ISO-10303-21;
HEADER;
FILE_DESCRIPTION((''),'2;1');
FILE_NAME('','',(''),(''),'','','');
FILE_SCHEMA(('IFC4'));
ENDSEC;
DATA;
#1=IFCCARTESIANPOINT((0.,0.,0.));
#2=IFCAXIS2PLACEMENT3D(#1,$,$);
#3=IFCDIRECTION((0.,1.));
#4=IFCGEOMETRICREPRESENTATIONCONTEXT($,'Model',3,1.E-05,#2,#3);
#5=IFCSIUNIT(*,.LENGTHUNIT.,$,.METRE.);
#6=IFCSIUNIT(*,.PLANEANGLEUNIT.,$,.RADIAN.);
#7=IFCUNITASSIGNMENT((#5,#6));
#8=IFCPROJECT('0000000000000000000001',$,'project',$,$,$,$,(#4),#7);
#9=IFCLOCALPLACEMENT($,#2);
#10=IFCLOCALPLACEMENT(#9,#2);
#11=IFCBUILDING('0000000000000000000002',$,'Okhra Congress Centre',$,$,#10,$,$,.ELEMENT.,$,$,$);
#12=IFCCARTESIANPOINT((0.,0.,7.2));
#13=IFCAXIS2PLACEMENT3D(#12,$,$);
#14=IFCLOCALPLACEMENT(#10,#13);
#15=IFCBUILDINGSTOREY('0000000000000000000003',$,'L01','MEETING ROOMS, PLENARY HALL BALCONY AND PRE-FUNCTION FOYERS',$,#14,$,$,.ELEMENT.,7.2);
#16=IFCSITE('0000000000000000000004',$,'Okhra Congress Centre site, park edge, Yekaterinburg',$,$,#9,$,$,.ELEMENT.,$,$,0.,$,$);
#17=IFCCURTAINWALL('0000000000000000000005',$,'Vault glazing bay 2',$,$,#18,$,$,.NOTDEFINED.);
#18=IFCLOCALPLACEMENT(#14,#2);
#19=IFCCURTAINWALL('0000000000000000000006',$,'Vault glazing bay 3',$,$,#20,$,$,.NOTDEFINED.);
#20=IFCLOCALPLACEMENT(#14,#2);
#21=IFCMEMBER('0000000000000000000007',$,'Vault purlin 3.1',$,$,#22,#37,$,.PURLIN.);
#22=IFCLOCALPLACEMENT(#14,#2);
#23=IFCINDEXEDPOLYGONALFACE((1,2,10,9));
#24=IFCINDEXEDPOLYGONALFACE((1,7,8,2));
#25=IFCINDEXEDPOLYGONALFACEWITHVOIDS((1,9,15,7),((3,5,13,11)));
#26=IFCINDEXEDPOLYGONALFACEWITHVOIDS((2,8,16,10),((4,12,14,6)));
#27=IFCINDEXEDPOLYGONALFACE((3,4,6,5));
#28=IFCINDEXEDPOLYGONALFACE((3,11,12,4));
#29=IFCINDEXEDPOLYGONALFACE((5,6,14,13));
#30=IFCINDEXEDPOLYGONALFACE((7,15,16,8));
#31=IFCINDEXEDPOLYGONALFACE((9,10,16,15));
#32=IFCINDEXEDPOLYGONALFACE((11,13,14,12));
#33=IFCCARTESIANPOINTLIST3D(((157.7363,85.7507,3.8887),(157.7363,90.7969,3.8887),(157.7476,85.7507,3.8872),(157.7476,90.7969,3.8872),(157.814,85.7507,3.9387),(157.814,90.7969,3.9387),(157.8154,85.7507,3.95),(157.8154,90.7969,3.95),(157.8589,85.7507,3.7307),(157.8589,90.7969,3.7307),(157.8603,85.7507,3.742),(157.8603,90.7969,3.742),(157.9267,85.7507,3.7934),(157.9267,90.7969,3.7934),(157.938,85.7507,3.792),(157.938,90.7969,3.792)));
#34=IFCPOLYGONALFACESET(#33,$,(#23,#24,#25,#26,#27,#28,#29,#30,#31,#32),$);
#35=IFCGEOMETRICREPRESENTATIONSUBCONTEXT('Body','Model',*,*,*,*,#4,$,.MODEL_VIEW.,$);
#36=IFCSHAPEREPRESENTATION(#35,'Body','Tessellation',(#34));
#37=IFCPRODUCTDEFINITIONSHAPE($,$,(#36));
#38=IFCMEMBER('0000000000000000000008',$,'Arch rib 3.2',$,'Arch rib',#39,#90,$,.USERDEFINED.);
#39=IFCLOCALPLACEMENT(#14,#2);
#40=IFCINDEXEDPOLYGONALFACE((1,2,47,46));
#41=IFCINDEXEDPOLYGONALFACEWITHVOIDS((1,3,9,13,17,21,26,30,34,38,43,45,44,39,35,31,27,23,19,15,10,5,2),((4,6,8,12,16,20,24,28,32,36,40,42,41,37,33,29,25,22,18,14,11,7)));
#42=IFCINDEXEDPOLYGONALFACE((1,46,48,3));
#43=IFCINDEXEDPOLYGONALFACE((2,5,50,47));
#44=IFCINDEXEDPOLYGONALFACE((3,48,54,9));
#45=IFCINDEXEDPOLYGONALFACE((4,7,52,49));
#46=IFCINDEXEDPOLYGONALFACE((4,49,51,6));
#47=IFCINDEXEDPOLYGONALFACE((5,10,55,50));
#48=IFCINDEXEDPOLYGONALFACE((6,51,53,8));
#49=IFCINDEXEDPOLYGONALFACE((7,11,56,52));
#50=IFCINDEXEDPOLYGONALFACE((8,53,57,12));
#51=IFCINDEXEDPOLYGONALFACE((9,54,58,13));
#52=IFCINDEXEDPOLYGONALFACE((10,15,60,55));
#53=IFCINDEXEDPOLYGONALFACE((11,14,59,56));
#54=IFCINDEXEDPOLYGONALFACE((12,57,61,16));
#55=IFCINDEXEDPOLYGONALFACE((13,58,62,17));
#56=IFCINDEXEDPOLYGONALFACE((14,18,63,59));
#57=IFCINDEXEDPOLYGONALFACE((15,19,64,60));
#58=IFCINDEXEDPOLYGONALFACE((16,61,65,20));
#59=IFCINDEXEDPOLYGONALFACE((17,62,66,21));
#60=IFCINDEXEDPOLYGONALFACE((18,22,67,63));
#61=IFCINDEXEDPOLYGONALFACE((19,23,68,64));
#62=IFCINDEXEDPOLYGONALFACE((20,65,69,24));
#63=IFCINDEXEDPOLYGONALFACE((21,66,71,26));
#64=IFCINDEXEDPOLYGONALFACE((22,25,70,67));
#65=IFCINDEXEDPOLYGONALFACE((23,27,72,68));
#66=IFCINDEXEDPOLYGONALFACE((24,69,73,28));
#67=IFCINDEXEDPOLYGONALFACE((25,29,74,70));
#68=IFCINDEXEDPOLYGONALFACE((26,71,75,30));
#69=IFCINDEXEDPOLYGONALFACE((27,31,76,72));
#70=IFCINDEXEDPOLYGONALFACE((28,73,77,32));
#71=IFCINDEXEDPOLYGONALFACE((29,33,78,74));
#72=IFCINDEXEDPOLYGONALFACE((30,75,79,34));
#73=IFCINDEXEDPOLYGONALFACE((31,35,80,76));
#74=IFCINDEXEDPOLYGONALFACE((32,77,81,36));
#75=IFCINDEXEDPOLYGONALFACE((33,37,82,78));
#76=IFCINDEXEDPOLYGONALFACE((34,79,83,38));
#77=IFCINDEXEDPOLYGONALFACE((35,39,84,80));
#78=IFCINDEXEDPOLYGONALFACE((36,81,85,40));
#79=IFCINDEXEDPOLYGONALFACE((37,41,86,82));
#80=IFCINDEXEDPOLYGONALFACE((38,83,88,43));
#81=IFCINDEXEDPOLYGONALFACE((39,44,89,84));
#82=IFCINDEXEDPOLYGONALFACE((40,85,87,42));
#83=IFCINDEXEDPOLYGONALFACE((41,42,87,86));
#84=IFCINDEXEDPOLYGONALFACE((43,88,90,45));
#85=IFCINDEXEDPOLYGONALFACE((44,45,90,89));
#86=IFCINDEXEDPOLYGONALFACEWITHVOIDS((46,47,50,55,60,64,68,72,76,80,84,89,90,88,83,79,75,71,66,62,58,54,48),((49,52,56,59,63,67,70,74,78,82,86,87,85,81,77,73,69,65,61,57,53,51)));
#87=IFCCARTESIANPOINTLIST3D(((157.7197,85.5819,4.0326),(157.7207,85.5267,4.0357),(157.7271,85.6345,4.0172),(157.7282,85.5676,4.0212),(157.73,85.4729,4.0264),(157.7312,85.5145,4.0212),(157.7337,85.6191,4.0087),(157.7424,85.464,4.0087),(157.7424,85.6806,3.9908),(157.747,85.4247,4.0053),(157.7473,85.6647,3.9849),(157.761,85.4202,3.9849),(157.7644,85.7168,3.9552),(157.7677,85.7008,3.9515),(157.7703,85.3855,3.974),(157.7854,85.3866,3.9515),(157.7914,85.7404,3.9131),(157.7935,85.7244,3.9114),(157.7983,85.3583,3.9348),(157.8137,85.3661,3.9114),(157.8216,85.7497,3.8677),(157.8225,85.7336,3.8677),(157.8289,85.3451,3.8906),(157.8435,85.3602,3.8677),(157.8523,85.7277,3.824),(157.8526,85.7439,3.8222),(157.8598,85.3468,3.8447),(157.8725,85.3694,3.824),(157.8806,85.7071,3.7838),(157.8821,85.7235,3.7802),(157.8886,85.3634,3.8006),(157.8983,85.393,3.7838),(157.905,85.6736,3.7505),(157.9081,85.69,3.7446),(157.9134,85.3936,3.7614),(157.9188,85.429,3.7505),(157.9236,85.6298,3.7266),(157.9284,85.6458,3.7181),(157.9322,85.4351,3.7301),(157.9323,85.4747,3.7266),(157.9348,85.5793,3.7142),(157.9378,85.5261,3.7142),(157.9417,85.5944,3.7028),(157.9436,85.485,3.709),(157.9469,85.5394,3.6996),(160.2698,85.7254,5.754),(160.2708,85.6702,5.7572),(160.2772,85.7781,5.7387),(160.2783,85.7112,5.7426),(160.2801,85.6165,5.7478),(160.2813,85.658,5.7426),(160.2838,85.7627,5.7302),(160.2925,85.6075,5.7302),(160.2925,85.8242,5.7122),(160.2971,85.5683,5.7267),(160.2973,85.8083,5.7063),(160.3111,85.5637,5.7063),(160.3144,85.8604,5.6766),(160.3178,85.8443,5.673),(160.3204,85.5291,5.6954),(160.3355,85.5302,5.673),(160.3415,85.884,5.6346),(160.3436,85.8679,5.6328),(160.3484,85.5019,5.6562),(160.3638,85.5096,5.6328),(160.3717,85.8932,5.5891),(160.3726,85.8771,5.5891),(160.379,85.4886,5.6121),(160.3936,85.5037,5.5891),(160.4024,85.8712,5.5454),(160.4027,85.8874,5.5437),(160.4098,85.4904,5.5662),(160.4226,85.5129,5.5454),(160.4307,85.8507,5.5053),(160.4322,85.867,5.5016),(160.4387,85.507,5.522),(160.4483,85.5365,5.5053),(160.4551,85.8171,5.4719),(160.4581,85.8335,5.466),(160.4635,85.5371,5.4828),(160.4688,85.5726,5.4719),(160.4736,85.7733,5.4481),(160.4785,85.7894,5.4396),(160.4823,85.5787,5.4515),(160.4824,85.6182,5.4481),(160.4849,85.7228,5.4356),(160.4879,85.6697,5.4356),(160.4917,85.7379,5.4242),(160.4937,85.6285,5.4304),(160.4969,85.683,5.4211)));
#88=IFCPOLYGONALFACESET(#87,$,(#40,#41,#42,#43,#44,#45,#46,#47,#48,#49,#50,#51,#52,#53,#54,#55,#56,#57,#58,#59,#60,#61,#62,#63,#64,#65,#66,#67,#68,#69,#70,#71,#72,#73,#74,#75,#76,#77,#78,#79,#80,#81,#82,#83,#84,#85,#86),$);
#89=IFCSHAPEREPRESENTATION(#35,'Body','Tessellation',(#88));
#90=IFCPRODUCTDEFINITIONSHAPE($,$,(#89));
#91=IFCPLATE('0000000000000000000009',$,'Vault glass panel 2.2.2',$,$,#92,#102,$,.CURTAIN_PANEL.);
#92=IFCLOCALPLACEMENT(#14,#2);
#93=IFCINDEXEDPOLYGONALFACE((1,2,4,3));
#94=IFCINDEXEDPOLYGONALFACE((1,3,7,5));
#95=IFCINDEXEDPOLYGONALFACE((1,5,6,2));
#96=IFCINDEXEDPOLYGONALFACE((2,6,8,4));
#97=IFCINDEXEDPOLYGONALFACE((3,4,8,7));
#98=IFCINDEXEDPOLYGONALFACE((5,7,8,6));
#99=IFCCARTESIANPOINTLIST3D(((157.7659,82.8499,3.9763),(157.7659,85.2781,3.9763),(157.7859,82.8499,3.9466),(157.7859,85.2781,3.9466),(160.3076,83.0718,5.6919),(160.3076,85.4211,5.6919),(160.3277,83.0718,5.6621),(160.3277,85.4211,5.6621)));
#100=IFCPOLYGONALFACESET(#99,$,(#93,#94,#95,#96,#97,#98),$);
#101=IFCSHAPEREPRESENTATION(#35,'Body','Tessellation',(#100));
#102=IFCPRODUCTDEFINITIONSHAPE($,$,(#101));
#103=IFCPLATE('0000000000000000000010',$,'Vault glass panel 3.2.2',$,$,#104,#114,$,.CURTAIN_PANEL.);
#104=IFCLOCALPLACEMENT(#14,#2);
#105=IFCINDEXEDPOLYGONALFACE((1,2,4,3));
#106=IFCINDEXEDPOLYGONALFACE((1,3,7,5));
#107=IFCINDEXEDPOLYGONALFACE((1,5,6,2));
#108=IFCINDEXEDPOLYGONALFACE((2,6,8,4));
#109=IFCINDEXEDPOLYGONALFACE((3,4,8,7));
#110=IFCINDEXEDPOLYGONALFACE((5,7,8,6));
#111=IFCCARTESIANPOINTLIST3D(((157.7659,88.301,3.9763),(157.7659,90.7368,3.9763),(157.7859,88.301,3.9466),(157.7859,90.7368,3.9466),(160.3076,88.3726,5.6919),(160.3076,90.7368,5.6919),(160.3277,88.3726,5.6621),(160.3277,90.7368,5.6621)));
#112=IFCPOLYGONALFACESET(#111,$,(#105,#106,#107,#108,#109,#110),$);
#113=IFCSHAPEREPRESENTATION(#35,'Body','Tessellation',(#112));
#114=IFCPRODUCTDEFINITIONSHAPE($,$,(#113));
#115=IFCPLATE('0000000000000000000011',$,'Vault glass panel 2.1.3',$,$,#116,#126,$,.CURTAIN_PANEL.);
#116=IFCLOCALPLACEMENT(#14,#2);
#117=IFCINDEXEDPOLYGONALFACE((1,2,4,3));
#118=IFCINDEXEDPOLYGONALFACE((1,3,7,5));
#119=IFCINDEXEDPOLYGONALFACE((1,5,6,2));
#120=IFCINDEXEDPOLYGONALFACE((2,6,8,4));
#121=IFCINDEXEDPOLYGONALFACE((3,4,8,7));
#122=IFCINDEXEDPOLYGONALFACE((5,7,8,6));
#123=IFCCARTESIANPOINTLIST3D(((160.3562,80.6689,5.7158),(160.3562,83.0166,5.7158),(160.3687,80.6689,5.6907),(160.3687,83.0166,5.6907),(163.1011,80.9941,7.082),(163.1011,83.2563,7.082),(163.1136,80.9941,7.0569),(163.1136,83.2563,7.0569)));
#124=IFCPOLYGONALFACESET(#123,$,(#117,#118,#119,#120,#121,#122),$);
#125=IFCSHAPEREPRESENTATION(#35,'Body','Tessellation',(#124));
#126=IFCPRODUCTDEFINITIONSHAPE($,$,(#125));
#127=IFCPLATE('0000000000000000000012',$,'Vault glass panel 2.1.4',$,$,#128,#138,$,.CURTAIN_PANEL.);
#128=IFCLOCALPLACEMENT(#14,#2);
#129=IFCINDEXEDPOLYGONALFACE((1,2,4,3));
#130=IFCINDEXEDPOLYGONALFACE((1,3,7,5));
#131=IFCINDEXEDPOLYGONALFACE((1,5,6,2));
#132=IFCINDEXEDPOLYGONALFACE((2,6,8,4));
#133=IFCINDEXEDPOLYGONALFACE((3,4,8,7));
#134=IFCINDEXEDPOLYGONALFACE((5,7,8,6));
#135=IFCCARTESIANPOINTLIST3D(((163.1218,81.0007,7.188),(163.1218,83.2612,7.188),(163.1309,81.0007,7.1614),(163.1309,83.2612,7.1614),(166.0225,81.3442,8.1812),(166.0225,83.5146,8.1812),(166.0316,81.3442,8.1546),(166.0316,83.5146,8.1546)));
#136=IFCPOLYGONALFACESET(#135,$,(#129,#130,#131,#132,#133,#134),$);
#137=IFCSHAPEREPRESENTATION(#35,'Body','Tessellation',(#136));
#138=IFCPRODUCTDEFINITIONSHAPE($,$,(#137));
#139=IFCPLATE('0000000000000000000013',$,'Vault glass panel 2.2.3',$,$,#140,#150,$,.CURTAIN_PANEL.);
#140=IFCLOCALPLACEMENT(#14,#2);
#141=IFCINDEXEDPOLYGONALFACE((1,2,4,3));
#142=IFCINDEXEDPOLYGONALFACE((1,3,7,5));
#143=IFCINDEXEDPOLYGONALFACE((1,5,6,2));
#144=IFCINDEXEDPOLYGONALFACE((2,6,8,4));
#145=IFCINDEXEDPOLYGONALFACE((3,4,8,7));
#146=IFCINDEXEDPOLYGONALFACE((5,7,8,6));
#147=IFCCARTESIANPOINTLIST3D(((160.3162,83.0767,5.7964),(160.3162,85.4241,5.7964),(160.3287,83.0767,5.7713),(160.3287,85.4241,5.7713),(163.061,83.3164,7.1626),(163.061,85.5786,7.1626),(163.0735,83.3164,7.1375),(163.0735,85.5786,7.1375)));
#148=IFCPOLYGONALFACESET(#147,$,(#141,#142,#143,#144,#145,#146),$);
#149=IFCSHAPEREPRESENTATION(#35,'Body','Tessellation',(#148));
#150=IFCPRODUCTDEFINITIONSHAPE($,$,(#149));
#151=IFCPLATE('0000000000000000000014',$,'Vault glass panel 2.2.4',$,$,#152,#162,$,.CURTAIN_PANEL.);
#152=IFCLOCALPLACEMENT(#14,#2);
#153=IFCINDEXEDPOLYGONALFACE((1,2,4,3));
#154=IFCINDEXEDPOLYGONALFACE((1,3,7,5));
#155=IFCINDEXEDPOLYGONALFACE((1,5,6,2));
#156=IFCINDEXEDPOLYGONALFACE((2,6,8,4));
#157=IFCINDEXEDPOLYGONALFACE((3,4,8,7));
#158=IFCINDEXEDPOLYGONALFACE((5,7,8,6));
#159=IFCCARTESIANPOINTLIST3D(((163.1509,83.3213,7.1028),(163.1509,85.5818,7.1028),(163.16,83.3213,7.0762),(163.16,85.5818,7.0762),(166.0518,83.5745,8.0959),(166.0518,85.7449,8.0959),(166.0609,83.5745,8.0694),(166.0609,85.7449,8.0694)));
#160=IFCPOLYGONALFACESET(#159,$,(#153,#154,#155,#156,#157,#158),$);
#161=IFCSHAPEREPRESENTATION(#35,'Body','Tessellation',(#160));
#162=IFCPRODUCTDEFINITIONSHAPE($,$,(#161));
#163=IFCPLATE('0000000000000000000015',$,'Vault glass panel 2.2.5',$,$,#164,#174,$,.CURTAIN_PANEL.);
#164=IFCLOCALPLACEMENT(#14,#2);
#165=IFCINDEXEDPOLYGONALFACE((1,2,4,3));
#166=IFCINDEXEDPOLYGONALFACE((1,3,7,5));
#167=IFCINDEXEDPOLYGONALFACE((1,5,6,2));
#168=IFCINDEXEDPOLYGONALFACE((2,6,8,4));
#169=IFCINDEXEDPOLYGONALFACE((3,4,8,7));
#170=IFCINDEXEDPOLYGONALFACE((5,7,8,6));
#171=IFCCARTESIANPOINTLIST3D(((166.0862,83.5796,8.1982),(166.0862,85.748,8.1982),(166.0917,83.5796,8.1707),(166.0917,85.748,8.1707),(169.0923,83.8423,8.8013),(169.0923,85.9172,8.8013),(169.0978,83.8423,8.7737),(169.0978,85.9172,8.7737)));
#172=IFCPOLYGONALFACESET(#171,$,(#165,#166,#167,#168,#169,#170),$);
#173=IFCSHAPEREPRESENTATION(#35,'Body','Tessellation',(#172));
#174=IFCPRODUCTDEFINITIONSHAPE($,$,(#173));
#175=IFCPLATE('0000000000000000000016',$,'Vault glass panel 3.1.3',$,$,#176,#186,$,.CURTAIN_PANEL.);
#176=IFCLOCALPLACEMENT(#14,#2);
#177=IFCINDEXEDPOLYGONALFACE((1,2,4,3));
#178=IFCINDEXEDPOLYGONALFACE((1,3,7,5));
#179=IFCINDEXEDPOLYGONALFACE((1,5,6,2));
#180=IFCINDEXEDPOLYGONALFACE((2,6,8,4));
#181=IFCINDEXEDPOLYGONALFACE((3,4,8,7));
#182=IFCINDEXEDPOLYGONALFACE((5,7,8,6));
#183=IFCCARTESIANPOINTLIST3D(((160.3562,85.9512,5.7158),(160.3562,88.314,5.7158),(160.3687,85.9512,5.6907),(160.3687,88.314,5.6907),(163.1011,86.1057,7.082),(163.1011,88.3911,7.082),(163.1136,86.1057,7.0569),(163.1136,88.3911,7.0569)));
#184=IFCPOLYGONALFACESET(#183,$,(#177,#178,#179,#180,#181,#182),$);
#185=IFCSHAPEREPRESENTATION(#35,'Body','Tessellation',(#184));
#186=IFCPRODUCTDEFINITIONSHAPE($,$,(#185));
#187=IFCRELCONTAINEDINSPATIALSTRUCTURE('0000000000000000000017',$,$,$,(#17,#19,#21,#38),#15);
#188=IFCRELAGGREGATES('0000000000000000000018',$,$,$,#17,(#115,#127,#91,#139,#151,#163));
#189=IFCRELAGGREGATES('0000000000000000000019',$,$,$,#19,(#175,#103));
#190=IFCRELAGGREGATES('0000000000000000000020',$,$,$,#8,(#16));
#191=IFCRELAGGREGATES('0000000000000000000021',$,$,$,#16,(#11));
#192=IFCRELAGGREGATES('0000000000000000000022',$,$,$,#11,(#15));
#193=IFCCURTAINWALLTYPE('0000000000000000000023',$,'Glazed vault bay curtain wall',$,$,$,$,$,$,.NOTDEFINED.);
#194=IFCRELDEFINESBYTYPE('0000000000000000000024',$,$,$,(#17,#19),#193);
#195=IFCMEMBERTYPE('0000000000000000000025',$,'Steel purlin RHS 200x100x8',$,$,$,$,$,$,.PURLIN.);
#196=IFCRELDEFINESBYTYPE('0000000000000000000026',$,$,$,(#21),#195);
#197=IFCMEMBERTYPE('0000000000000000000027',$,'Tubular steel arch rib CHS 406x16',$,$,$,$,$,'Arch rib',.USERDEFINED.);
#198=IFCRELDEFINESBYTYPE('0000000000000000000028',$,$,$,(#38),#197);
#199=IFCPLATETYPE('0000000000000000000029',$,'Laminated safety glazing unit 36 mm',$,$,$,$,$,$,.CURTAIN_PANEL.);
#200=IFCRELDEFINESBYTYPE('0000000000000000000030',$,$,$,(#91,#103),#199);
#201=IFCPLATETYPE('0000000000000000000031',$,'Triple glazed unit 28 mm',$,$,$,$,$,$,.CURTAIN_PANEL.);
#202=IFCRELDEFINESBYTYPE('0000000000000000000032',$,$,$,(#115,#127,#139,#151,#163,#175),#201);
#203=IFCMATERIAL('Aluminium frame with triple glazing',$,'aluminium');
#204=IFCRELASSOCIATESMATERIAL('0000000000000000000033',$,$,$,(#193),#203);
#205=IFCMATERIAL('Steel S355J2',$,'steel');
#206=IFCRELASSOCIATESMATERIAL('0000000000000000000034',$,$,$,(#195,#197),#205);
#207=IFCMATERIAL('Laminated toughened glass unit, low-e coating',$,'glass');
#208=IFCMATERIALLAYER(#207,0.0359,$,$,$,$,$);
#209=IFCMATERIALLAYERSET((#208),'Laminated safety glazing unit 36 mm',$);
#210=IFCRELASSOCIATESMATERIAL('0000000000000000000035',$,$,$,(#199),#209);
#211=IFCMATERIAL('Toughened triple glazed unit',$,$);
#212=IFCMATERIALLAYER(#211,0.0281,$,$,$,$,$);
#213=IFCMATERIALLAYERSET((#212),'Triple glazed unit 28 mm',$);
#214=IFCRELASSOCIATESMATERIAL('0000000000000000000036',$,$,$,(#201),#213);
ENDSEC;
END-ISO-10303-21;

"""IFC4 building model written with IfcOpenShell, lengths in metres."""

from ifc_helpers import new_model, si_unit, direction, frame, origin, origin_2d, place, context, subcontext, project, spatial, polyline, hollow_rectangle, hollow_circle, outline, extrude, material, layer, layer_set, material_profile, profile_set, type_object, element, aggregate, save


model = new_model("IFC4")

# Units and contexts
model_context = context("Model", 3, precision=1e-05, world=origin(), true_north=direction((0.0, 1.0)))
body_context = subcontext(model_context, "Body", "Model", "MODEL_VIEW")
ifc_project = project(units=[si_unit("LENGTHUNIT", "METRE"), si_unit("PLANEANGLEUNIT", "RADIAN")], contexts=[model_context])

# Site, building, storey
site_placement = place(None, origin())
site = spatial("IfcSite", under=ifc_project, at=site_placement, Name="Okhra Congress Centre site, park edge, Yekaterinburg", CompositionType="ELEMENT", RefElevation=0.0)
building_placement = place(site_placement, origin())
building = spatial("IfcBuilding", under=site, at=building_placement, Name="Okhra Congress Centre", CompositionType="ELEMENT")
storey_placement = place(building_placement, frame((0.0, 0.0, 7.2)))
storey = spatial("IfcBuildingStorey", under=building, at=storey_placement, Name="L01", Description="MEETING ROOMS, PLENARY HALL BALCONY AND PRE-FUNCTION FOYERS", CompositionType="ELEMENT", Elevation=7.2)

# Shared definitions
ifc_material_1 = material(Name="Aluminium frame with triple glazing", Category="aluminium")
curtain_wall_type = type_object("IfcCurtainWallType", Name="Glazed vault bay curtain wall", PredefinedType="NOTDEFINED", material=ifc_material_1)

# Curtain walls
curtain_wall_1_placement = place(storey_placement, origin())
curtain_wall_1 = element("IfcCurtainWall", 1, at=curtain_wall_1_placement, inside=storey, type_object=curtain_wall_type, Name="Vault glazing bay 2", PredefinedType="NOTDEFINED")
curtain_wall_2_placement = place(storey_placement, origin())
curtain_wall_2 = element("IfcCurtainWall", 2, at=curtain_wall_2_placement, inside=storey, type_object=curtain_wall_type, Name="Vault glazing bay 3", PredefinedType="NOTDEFINED")

# Members
ifc_material_2 = material(Name="Steel S355J2", Category="steel")
ifc_material_profile_1 = material_profile(ifc_material_2, hollow_rectangle(XDim=0.1001, YDim=0.2, WallThickness=0.0081, at=origin_2d()), Name="RHS 200x100x8")
ifc_profile_set_1 = profile_set([ifc_material_profile_1], Name="Steel S355J2")
member_type_1 = type_object("IfcMemberType", Name="Steel purlin RHS 200x100x8", PredefinedType="PURLIN", material=ifc_profile_set_1)
member_1_placement = place(storey_placement, frame((157.8372, 85.7507, 3.8403), z_axis=(0.0, 1.0, 0.0), x_axis=(-0.790145, 0.0, -0.61292)))
element("IfcMember", 3, at=member_1_placement, inside=storey, type_object=member_type_1, Name="Vault purlin 3.1", PredefinedType="PURLIN", context=body_context, shape_type="SweptSolid", body=[
    extrude(hollow_rectangle(XDim=0.1001, YDim=0.2, WallThickness=0.0081, at=origin_2d()), origin(), (0.0, 0.0, 1.0), 5.0461),
])
ifc_material_profile_2 = material_profile(ifc_material_2, hollow_circle(Radius=0.2031, WallThickness=0.0161, at=origin_2d()), Name="CHS 406.4x16")
ifc_profile_set_2 = profile_set([ifc_material_profile_2], Name="Steel S355J2")
member_type_2 = type_object("IfcMemberType", Name="Tubular steel arch rib CHS 406x16", ElementType="Arch rib", PredefinedType="USERDEFINED", material=ifc_profile_set_2)
member_2_placement = place(storey_placement, frame((157.833, 85.5469, 3.8677), z_axis=(0.827925, 0.046608, 0.558899), x_axis=(-0.056206, 0.998419, 0.0)))
element("IfcMember", 4, at=member_2_placement, inside=storey, type_object=member_type_2, Name="Arch rib 3.2", ObjectType="Arch rib", PredefinedType="USERDEFINED", context=body_context, shape_type="SweptSolid", body=[
    extrude(hollow_circle(Radius=0.2031, WallThickness=0.0161, at=origin_2d()), origin(), (0.0, 0.0, 1.0), 3.0801),
])

# Plates
ifc_material_3 = material(Name="Laminated toughened glass unit, low-e coating", Category="glass")
ifc_layer_1 = layer(ifc_material_3, 0.0359)
ifc_layer_set_1 = layer_set([ifc_layer_1], Name="Laminated safety glazing unit 36 mm")
plate_type_1 = type_object("IfcPlateType", Name="Laminated safety glazing unit 36 mm", PredefinedType="CURTAIN_PANEL", material=ifc_layer_set_1)
plate_1_placement = place(storey_placement, frame((157.7659, 82.8499, 3.9763), z_axis=(-0.55945, 0.0, 0.828864), x_axis=(0.826702, 0.072181, 0.55799)))
plate_1 = element("IfcPlate", 5, at=plate_1_placement, type_object=plate_type_1, Name="Vault glass panel 2.2.2", PredefinedType="CURTAIN_PANEL", context=body_context, shape_type="SweptSolid", body=[
    extrude(outline(polyline([(0.0, 0.0), (3.0746, 0.0), (3.2441, 2.3432), (0.1753, 2.4219), (0.0, 0.0)])), origin(), (0.0, 0.0, -1.0), 0.0359),
])
plate_2_placement = place(storey_placement, frame((157.7659, 88.301, 3.9763), z_axis=(-0.55945, 0.0, 0.828864), x_axis=(0.828639, 0.023321, 0.559297)))
plate_2 = element("IfcPlate", 6, at=plate_2_placement, type_object=plate_type_1, Name="Vault glass panel 3.2.2", PredefinedType="CURTAIN_PANEL", context=body_context, shape_type="SweptSolid", body=[
    extrude(outline(polyline([(0.0, 0.0), (3.0674, 0.0), (3.1225, 2.3636), (0.0568, 2.4351), (0.0, 0.0)])), origin(), (0.0, 0.0, -1.0), 0.0359),
])
ifc_material_4 = material(Name="Toughened triple glazed unit")
ifc_layer_2 = layer(ifc_material_4, 0.0281)
ifc_layer_set_2 = layer_set([ifc_layer_2], Name="Triple glazed unit 28 mm")
plate_type_2 = type_object("IfcPlateType", Name="Triple glazed unit 28 mm", PredefinedType="CURTAIN_PANEL", material=ifc_layer_set_2)
plate_3_placement = place(storey_placement, frame((160.3562, 80.6689, 5.7158), z_axis=(-0.445588, 0.0, 0.895238), x_axis=(0.890245, 0.105471, 0.443103)))
plate_3 = element("IfcPlate", 7, at=plate_3_placement, type_object=plate_type_2, Name="Vault glass panel 2.1.3", PredefinedType="CURTAIN_PANEL", context=body_context, shape_type="SweptSolid", body=[
    extrude(outline(polyline([(0.0, 0.0), (3.0833, 0.0), (3.3219, 2.2496), (0.2476, 2.3346), (0.0, 0.0)])), origin(), (0.0, 0.0, -1.0), 0.0281),
])
plate_4_placement = place(storey_placement, frame((163.1218, 81.0007, 7.188), z_axis=(-0.323933, 0.0, 0.94608), x_axis=(0.940197, 0.111342, 0.321919)))
plate_4 = element("IfcPlate", 8, at=plate_4_placement, type_object=plate_type_2, Name="Vault glass panel 2.1.4", PredefinedType="CURTAIN_PANEL", context=body_context, shape_type="SweptSolid", body=[
    extrude(outline(polyline([(0.0, 0.0), (3.0851, 0.0), (3.3268, 2.1569), (0.2517, 2.2464), (0.0, 0.0)])), origin(), (0.0, 0.0, -1.0), 0.0281),
])
plate_5_placement = place(storey_placement, frame((160.3162, 83.0767, 5.7964), z_axis=(-0.445588, 0.0, 0.895238), x_axis=(0.892514, 0.077955, 0.444233)))
plate_5 = element("IfcPlate", 9, at=plate_5_placement, type_object=plate_type_2, Name="Vault glass panel 2.2.3", PredefinedType="CURTAIN_PANEL", context=body_context, shape_type="SweptSolid", body=[
    extrude(outline(polyline([(0.0, 0.0), (3.0754, 0.0), (3.2518, 2.2553), (0.183, 2.3403), (0.0, 0.0)])), origin(), (0.0, 0.0, -1.0), 0.0281),
])
plate_6_placement = place(storey_placement, frame((163.1509, 83.3213, 7.1028), z_axis=(-0.323909, 0.0, 0.946088), x_axis=(0.94288, 0.08229, 0.32281)))
plate_6 = element("IfcPlate", 10, at=plate_6_placement, type_object=plate_type_2, Name="Vault glass panel 2.2.4", PredefinedType="CURTAIN_PANEL", context=body_context, shape_type="SweptSolid", body=[
    extrude(outline(polyline([(0.0, 0.0), (3.0766, 0.0), (3.2552, 2.163), (0.186, 2.2528), (0.0, 0.0)])), origin(), (0.0, 0.0, -1.0), 0.0281),
])
plate_7_placement = place(storey_placement, frame((166.0862, 83.5796, 8.1982), z_axis=(-0.196683, 0.0, 0.980467), x_axis=(0.976888, 0.085368, 0.195965)))
plate_7 = element("IfcPlate", 11, at=plate_7_placement, type_object=plate_type_2, Name="Vault glass panel 2.2.5", PredefinedType="CURTAIN_PANEL", context=body_context, shape_type="SweptSolid", body=[
    extrude(outline(polyline([(0.0, 0.0), (3.0772, 0.0), (3.2544, 2.0674), (0.1851, 2.1605), (0.0, 0.0)])), origin(), (0.0, 0.0, -1.0), 0.0281),
])
aggregate(curtain_wall_1, [plate_3, plate_4, plate_1, plate_5, plate_6, plate_7])
plate_8_placement = place(storey_placement, frame((160.3562, 85.9512, 5.7158), z_axis=(-0.445588, 0.0, 0.895238), x_axis=(0.894103, 0.05034, 0.445024)))
plate_8 = element("IfcPlate", 12, at=plate_8_placement, type_object=plate_type_2, Name="Vault glass panel 3.1.3", PredefinedType="CURTAIN_PANEL", context=body_context, shape_type="SweptSolid", body=[
    extrude(outline(polyline([(0.0, 0.0), (3.07, 0.0), (3.185, 2.2825), (0.1189, 2.3598), (0.0, 0.0)])), origin(), (0.0, 0.0, -1.0), 0.0281),
])
aggregate(curtain_wall_2, [plate_8, plate_2])

save(model, "model.ifc")
